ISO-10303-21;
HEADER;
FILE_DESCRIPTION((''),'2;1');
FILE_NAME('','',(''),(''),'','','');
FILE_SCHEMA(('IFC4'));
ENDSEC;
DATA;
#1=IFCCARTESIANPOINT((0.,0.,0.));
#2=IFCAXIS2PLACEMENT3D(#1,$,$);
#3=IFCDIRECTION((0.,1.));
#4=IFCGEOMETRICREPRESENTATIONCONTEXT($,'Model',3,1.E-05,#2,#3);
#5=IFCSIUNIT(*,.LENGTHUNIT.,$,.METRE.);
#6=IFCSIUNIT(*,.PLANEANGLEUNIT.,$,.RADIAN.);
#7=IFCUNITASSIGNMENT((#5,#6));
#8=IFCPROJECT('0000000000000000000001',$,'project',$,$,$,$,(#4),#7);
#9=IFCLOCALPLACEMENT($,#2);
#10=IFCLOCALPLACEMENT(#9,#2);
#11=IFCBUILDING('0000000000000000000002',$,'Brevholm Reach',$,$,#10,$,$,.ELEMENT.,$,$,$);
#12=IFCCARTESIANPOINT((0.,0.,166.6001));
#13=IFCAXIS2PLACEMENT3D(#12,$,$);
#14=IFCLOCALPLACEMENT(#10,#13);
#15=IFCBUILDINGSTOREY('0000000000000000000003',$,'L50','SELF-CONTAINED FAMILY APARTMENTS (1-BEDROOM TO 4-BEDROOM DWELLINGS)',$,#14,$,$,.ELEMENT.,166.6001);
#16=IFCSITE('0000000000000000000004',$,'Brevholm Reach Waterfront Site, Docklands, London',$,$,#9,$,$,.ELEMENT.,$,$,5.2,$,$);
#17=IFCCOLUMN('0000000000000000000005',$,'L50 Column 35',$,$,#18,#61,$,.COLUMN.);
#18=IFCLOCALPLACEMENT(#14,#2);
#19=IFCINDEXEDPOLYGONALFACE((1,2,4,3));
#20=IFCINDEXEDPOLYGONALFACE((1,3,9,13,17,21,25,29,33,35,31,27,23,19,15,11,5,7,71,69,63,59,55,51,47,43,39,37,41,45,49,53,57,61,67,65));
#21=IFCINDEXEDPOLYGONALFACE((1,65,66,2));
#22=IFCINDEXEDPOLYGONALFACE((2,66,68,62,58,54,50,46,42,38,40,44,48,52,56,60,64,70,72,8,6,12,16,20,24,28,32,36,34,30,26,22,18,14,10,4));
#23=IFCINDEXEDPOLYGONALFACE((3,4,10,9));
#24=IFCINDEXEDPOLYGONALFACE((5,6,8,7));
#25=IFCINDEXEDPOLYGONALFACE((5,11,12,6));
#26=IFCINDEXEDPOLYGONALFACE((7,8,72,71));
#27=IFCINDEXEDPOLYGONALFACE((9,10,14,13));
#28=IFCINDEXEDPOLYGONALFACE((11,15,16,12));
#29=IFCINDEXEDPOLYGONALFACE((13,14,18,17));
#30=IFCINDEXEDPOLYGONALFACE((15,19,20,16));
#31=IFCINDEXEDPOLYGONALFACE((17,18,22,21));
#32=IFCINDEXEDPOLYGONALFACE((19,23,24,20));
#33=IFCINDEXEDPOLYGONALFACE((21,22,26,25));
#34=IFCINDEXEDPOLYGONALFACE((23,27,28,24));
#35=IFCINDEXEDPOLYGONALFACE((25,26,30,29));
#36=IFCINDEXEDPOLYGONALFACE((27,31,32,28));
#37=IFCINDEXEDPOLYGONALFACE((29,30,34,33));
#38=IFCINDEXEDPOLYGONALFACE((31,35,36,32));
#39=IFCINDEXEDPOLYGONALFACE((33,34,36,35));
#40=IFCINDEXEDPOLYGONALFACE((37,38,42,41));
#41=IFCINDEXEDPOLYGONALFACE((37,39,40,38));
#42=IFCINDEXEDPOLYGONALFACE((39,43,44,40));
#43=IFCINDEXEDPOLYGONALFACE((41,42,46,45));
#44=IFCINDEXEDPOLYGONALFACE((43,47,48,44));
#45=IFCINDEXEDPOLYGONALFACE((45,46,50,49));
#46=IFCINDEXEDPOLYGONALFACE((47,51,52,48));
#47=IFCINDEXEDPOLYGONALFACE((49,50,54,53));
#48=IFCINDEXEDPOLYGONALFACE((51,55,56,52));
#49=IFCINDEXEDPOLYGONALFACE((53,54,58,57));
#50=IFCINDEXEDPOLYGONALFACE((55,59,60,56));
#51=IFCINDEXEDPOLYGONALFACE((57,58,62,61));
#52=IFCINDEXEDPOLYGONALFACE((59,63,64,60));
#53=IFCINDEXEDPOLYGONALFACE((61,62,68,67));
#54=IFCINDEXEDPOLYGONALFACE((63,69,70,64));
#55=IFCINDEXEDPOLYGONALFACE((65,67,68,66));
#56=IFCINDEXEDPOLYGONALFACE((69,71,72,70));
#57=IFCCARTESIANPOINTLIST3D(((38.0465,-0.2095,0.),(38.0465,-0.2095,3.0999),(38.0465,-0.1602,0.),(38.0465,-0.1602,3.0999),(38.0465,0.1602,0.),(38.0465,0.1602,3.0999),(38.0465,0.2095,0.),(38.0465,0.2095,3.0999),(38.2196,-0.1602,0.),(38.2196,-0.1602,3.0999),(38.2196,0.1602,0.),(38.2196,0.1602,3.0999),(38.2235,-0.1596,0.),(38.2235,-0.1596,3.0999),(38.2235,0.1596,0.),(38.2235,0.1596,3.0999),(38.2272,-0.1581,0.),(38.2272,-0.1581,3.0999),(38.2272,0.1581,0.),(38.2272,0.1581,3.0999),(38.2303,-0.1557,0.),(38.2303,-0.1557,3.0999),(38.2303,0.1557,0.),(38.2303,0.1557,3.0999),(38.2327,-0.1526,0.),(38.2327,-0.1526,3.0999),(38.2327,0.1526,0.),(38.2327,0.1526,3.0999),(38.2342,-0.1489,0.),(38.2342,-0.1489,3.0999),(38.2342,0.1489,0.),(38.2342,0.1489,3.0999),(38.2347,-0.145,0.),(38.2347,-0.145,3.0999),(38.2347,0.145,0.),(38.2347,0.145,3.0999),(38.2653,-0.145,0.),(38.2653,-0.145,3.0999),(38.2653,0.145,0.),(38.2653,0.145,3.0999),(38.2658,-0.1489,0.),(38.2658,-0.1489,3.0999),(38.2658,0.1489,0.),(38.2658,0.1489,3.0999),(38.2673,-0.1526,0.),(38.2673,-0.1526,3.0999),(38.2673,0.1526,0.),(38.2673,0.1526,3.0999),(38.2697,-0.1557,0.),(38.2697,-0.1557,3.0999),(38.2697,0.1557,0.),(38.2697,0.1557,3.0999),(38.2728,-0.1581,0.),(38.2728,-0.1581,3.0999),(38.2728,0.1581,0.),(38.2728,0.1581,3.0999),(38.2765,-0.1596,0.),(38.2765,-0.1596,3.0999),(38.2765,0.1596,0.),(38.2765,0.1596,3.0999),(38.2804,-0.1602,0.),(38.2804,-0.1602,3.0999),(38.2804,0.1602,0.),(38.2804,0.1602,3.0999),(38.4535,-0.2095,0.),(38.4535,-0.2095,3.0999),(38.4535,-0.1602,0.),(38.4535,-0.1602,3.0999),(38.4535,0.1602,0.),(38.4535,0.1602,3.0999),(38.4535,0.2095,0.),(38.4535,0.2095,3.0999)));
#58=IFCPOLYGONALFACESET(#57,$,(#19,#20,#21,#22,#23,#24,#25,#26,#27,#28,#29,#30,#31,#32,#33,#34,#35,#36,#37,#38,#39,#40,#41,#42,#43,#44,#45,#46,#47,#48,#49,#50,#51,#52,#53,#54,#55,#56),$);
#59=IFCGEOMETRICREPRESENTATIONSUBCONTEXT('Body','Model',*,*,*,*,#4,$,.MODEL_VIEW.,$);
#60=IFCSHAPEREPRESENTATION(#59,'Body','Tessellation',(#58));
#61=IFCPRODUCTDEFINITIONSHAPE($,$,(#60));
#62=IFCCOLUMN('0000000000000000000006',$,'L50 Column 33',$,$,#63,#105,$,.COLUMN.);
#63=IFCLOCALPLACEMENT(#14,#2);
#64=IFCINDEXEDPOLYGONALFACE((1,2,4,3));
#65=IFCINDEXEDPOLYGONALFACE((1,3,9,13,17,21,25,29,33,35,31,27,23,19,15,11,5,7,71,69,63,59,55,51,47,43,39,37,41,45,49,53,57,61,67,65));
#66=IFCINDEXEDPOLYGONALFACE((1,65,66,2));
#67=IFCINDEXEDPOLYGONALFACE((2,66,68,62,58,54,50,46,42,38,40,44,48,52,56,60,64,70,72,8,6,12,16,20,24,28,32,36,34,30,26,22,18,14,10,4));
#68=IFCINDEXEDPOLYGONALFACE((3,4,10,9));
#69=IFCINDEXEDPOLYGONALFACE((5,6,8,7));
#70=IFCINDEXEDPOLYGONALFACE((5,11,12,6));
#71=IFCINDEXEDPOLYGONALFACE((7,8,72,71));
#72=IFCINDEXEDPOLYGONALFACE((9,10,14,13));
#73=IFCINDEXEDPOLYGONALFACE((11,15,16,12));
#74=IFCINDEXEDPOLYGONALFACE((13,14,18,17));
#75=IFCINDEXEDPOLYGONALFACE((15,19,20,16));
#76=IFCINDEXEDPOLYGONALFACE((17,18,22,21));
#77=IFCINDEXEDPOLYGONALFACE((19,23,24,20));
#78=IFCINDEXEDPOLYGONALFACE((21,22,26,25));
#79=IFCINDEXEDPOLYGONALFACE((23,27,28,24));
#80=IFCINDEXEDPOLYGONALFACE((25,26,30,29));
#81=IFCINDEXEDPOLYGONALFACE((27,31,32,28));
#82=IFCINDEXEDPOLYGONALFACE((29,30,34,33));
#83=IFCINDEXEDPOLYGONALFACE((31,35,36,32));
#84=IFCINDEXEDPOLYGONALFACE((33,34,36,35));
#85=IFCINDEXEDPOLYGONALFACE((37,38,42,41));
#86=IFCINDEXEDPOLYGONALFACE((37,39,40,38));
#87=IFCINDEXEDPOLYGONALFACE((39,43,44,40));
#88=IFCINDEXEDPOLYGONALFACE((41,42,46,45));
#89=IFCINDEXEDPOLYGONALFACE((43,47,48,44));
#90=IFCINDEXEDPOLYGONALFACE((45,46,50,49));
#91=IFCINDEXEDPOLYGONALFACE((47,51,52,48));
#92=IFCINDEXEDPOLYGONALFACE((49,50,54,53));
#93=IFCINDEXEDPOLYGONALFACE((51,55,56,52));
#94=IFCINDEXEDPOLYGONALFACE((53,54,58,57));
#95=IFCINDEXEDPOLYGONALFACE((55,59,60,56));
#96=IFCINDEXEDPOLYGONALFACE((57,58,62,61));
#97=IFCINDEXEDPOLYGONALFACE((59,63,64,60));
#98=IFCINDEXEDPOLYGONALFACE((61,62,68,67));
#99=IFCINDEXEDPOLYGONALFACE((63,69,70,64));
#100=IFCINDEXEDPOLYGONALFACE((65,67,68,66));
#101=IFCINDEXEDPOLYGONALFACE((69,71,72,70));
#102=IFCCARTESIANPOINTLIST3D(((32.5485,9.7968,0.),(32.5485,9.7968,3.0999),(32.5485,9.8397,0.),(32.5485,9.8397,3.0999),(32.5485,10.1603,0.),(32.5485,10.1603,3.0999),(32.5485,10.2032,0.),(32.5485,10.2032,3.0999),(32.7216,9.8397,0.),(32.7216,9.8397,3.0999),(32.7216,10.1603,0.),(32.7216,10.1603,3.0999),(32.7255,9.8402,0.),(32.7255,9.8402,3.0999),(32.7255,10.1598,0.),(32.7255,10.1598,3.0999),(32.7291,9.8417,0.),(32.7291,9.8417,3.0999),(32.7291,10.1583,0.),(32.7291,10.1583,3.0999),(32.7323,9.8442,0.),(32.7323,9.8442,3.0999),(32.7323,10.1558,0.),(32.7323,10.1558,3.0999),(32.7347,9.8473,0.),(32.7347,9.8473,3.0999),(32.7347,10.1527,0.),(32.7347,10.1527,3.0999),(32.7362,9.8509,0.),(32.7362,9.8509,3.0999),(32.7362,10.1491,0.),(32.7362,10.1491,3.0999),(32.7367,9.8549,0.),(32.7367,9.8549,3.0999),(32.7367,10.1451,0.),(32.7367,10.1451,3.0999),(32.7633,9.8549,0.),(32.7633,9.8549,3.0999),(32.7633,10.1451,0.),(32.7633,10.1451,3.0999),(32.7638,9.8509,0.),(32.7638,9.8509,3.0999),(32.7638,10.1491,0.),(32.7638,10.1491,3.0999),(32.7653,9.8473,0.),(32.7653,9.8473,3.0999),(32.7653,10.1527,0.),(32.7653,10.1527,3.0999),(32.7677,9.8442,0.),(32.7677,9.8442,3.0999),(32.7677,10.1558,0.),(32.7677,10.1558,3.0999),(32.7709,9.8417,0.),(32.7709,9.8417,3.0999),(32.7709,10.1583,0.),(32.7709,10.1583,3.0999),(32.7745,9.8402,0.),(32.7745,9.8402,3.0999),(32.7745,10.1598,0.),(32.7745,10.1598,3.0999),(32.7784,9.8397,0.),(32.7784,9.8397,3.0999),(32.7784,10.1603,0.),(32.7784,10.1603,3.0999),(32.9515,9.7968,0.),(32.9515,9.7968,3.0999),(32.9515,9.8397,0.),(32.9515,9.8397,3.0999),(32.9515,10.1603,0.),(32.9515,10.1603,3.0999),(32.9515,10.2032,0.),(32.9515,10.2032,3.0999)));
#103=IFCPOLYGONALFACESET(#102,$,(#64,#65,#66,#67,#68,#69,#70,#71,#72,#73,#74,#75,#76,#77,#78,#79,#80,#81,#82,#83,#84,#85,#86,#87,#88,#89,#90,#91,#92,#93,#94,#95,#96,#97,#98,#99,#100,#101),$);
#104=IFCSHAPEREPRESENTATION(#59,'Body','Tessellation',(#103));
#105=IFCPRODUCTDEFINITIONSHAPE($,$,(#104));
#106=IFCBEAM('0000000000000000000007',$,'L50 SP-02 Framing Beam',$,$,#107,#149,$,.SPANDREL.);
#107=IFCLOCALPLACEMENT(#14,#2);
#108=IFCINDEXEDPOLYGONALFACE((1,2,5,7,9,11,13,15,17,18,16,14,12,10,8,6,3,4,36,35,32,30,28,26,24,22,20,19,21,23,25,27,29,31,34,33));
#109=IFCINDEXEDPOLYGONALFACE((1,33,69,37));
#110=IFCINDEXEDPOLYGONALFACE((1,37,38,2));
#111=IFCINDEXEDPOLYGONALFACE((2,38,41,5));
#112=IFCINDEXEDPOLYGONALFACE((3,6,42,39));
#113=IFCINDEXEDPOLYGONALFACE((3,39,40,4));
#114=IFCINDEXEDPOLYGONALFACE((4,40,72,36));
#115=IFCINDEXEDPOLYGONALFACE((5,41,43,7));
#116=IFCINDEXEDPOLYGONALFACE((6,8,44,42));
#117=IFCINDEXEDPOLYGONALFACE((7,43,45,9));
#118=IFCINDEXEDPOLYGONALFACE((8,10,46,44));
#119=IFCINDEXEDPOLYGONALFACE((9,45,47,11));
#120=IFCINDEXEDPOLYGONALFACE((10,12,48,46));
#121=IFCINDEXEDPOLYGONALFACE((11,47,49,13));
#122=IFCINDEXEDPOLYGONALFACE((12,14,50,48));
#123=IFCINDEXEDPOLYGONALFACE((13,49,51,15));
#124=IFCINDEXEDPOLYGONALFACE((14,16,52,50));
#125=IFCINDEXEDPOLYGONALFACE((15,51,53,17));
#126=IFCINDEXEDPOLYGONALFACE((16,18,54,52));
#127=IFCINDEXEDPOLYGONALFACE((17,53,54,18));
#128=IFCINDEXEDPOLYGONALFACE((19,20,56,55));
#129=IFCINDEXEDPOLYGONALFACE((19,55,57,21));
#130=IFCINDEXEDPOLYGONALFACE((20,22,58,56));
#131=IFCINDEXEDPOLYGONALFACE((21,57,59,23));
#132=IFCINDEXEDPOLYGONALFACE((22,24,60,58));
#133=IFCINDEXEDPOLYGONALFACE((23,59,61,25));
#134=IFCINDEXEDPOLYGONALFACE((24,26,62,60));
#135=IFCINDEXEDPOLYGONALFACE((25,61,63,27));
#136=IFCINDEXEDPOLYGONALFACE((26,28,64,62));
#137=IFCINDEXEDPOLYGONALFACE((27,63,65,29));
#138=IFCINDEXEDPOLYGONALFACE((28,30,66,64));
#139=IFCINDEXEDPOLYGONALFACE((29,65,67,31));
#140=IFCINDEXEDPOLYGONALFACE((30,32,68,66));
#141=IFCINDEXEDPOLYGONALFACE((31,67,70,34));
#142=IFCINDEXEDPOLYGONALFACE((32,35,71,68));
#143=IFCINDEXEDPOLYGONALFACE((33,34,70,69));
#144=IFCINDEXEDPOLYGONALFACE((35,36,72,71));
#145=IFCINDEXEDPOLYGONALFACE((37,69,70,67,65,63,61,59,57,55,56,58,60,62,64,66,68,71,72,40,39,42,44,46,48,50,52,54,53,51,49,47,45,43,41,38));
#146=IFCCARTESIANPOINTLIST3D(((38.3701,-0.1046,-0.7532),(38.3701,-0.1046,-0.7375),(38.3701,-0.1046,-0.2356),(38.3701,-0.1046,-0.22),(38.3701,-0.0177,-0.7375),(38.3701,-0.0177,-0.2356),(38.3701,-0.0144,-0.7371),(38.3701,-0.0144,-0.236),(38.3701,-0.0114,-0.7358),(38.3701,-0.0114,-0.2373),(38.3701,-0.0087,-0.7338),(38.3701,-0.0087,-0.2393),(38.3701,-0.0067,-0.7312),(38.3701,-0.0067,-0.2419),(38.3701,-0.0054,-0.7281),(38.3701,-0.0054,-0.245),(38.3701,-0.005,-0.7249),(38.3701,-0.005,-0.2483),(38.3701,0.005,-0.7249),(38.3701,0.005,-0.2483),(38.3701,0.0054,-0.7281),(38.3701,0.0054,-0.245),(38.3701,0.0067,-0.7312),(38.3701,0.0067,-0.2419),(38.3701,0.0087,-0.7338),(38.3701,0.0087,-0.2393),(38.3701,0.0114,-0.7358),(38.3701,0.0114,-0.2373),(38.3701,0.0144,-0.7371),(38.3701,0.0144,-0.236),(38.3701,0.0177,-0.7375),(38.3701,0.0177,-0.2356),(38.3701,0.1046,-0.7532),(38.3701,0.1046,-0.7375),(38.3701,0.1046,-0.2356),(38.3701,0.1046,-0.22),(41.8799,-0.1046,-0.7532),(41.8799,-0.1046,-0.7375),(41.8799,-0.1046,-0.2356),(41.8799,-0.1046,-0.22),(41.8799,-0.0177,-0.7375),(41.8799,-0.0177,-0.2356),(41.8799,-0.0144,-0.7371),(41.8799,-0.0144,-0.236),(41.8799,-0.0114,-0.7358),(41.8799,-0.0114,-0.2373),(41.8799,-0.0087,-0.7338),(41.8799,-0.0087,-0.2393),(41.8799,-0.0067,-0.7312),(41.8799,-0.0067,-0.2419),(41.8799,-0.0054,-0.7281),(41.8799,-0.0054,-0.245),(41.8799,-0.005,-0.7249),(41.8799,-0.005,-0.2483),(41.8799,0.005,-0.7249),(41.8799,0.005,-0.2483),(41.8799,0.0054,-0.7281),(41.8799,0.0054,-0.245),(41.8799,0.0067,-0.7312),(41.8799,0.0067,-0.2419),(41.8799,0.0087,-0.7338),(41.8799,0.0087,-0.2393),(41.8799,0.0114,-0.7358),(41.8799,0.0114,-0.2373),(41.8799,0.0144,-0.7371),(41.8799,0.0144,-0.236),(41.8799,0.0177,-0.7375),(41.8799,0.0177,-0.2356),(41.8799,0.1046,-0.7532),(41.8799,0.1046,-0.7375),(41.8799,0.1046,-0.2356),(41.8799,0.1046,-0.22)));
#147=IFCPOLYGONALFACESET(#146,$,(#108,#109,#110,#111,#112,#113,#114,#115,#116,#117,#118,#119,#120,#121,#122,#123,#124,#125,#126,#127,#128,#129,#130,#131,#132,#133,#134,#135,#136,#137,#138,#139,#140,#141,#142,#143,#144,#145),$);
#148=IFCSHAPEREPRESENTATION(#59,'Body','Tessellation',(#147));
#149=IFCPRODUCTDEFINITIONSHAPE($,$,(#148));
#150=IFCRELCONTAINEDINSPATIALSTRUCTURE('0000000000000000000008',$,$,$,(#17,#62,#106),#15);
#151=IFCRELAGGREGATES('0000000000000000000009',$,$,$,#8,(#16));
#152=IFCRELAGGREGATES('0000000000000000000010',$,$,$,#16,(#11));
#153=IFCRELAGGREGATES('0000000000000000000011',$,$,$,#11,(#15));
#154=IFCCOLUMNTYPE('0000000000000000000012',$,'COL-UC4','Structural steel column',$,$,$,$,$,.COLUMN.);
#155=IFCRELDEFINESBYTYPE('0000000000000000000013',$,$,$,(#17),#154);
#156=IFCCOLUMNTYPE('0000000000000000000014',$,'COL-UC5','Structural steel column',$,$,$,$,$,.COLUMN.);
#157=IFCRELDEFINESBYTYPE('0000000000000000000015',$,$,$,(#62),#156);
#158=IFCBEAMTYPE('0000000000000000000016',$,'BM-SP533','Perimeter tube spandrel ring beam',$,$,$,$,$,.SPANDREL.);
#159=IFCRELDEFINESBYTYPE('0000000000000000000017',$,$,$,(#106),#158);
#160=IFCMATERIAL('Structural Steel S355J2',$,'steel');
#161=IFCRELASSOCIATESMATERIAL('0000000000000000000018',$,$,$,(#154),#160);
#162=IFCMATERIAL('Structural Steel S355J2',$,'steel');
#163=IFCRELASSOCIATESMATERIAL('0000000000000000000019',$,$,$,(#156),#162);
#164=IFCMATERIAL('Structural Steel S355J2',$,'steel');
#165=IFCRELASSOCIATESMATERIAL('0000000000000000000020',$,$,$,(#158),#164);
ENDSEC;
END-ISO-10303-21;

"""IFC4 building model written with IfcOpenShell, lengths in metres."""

from ifc_helpers import new_model, si_unit, direction, frame, origin, origin_2d, place, context, subcontext, project, spatial, i_section, extrude, material, material_profile, profile_set, type_object, element, save


model = new_model("IFC4")

# Units and contexts
model_context = context("Model", 3, precision=1e-05, world=origin(), true_north=direction((0.0, 1.0)))
body_context = subcontext(model_context, "Body", "Model", "MODEL_VIEW")
ifc_project = project(units=[si_unit("LENGTHUNIT", "METRE"), si_unit("PLANEANGLEUNIT", "RADIAN")], contexts=[model_context])

# Site, building, storey
site_placement = place(None, origin())
site = spatial("IfcSite", under=ifc_project, at=site_placement, Name="Brevholm Reach Waterfront Site, Docklands, London", CompositionType="ELEMENT", RefElevation=5.2)
building_placement = place(site_placement, origin())
building = spatial("IfcBuilding", under=site, at=building_placement, Name="Brevholm Reach", CompositionType="ELEMENT")
storey_placement = place(building_placement, frame((0.0, 0.0, 166.6001)))
storey = spatial("IfcBuildingStorey", under=building, at=storey_placement, Name="L50", Description="SELF-CONTAINED FAMILY APARTMENTS (1-BEDROOM TO 4-BEDROOM DWELLINGS)", CompositionType="ELEMENT", Elevation=166.6001)

# Columns
ifc_material_1 = material(Name="Structural Steel S355J2", Category="steel")
ifc_material_profile_1 = material_profile(ifc_material_1, i_section(OverallWidth=0.407, OverallDepth=0.4189, WebThickness=0.0305, FlangeThickness=0.0493, FilletRadius=0.0151, at=origin_2d()), Name="UKC 356x406x393")
ifc_profile_set_1 = profile_set([ifc_material_profile_1], Name="Structural Steel S355J2")
column_type_1 = type_object("IfcColumnType", Name="COL-UC4", Description="Structural steel column", PredefinedType="COLUMN", material=ifc_profile_set_1)
column_1_placement = place(storey_placement, frame((38.25, 0.0, 0.0), z_axis=(0.0, 0.0, 1.0), x_axis=(1.0, 0.0, 0.0)))
element("IfcColumn", 1, at=column_1_placement, inside=storey, type_object=column_type_1, Name="L50 Column 35", PredefinedType="COLUMN", context=body_context, shape_type="SweptSolid", body=[
    extrude(i_section(OverallWidth=0.407, OverallDepth=0.4189, WebThickness=0.0305, FlangeThickness=0.0493, FilletRadius=0.0151, at=origin_2d()), origin(), (0.0, 0.0, 1.0), 3.0999),
])
ifc_material_2 = material(Name="Structural Steel S355J2", Category="steel")
ifc_material_profile_2 = material_profile(ifc_material_2, i_section(OverallWidth=0.4031, OverallDepth=0.4065, WebThickness=0.0266, FlangeThickness=0.043, FilletRadius=0.0151, at=origin_2d()), Name="UKC 356x406x340")
ifc_profile_set_2 = profile_set([ifc_material_profile_2], Name="Structural Steel S355J2")
column_type_2 = type_object("IfcColumnType", Name="COL-UC5", Description="Structural steel column", PredefinedType="COLUMN", material=ifc_profile_set_2)
column_2_placement = place(storey_placement, frame((32.75, 10.0, 0.0), z_axis=(0.0, 0.0, 1.0), x_axis=(1.0, 0.0, 0.0)))
element("IfcColumn", 2, at=column_2_placement, inside=storey, type_object=column_type_2, Name="L50 Column 33", PredefinedType="COLUMN", context=body_context, shape_type="SweptSolid", body=[
    extrude(i_section(OverallWidth=0.4031, OverallDepth=0.4065, WebThickness=0.0266, FlangeThickness=0.043, FilletRadius=0.0151, at=origin_2d()), origin(), (0.0, 0.0, 1.0), 3.0999),
])

# Beam
ifc_material_3 = material(Name="Structural Steel S355J2", Category="steel")
ifc_material_profile_3 = material_profile(ifc_material_3, i_section(OverallWidth=0.2092, OverallDepth=0.5332, WebThickness=0.01, FlangeThickness=0.0156, FilletRadius=0.0127, at=origin_2d()), Name="UKB 533x210x92")
ifc_profile_set_3 = profile_set([ifc_material_profile_3], Name="Structural Steel S355J2")
beam_type_1 = type_object("IfcBeamType", Name="BM-SP533", Description="Perimeter tube spandrel ring beam", PredefinedType="SPANDREL", material=ifc_profile_set_3)
beam_1_placement = place(storey_placement, frame((38.3701, 0.0, -0.4866), z_axis=(1.0, 0.0, 0.0), x_axis=(0.0, 1.0, 0.0)))
element("IfcBeam", 3, at=beam_1_placement, inside=storey, type_object=beam_type_1, Name="L50 SP-02 Framing Beam", PredefinedType="SPANDREL", context=body_context, shape_type="SweptSolid", body=[
    extrude(i_section(OverallWidth=0.2092, OverallDepth=0.5332, WebThickness=0.01, FlangeThickness=0.0156, FilletRadius=0.0127, at=origin_2d()), origin(), (0.0, 0.0, 1.0), 3.5098),
])

save(model, "model.ifc")
